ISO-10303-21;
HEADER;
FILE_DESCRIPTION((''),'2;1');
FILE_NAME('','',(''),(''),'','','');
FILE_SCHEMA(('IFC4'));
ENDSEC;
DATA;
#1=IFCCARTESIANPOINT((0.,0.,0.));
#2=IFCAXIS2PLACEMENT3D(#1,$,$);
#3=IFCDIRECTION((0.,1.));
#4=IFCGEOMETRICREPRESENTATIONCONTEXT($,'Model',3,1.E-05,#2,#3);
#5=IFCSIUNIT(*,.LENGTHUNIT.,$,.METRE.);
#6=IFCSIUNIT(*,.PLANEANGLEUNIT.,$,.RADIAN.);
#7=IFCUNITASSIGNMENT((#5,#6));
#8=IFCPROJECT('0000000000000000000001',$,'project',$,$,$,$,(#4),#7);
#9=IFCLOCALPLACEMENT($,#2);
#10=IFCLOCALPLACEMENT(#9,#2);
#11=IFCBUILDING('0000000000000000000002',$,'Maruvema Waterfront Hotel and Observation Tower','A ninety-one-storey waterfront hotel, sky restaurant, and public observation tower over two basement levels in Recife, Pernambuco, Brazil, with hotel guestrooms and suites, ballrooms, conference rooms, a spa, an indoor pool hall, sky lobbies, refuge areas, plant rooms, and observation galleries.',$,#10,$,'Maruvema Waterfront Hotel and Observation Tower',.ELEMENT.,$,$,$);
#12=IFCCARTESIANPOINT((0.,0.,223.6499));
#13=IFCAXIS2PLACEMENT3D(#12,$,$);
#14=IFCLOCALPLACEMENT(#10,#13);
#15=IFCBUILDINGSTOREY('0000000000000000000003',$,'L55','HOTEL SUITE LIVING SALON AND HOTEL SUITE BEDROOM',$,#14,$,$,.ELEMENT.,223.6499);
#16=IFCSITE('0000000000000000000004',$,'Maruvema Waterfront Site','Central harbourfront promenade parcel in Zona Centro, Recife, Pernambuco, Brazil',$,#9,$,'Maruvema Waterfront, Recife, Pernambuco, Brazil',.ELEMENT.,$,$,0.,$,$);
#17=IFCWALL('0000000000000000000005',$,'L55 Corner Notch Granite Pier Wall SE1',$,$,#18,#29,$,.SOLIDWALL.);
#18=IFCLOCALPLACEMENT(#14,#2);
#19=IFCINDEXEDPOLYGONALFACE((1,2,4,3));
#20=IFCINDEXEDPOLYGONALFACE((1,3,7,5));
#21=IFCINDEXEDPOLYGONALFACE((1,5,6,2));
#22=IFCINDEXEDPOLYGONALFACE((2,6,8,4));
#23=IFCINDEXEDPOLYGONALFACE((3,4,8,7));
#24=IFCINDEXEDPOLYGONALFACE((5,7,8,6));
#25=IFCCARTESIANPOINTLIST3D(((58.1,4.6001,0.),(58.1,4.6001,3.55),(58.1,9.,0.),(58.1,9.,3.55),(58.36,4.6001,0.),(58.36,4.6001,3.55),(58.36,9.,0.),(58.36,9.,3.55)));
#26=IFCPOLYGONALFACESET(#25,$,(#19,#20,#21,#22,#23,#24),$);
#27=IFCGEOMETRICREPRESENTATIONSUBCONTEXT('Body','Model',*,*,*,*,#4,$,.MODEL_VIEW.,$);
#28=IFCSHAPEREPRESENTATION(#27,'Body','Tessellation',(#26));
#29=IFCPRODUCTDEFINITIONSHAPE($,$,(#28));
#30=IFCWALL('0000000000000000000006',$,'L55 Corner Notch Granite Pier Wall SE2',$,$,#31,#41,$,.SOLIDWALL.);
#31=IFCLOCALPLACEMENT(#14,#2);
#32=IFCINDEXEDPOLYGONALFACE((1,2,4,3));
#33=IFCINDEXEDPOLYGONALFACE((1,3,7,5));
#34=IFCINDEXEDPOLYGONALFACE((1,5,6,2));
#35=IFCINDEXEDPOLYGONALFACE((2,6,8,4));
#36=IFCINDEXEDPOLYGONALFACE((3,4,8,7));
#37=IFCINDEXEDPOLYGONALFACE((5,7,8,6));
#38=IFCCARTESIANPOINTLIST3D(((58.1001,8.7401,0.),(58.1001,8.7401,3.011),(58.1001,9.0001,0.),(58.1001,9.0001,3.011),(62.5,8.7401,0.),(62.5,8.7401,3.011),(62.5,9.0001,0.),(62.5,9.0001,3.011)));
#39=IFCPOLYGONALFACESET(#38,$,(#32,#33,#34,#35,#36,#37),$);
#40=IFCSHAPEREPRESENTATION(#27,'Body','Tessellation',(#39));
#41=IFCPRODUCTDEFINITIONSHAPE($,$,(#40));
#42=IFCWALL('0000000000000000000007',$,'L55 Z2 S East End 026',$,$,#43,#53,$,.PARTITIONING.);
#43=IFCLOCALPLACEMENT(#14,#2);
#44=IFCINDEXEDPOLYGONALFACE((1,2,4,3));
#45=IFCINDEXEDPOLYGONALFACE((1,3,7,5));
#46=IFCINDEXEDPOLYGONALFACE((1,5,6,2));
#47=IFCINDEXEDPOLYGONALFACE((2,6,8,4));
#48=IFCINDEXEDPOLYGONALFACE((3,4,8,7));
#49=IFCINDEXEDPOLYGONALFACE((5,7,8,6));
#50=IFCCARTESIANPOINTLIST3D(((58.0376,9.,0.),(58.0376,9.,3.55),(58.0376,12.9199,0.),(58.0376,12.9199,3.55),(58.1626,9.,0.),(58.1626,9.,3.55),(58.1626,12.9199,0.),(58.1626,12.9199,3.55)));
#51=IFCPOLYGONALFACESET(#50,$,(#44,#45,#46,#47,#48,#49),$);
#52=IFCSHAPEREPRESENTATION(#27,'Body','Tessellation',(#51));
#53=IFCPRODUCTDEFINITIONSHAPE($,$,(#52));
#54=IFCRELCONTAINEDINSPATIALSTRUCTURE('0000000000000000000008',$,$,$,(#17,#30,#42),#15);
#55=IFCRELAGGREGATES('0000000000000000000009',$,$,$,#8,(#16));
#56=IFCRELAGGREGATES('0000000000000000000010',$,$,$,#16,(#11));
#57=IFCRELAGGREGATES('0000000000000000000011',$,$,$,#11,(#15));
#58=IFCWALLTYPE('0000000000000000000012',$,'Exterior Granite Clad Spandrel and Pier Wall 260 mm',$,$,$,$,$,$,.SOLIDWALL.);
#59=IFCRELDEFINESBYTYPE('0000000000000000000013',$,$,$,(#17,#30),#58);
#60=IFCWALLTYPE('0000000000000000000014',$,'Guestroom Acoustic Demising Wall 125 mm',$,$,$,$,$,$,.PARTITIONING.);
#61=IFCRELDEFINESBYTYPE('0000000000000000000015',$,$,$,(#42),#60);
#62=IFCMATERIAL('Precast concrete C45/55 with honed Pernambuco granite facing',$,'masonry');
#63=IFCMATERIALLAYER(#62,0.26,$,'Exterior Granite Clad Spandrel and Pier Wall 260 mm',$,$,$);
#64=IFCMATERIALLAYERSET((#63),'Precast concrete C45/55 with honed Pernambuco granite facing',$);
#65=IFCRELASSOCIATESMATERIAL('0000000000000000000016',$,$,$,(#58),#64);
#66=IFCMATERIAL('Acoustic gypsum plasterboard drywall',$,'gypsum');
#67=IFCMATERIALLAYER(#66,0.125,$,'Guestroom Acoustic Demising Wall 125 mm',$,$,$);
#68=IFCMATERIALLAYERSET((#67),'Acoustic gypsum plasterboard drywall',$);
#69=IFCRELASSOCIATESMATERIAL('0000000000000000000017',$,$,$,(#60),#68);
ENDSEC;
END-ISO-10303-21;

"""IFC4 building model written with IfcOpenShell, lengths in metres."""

from ifc_helpers import new_model, si_unit, direction, frame, frame_2d, origin, place, context, subcontext, project, spatial, rectangle, extrude, material, layer, layer_set, type_object, element, save


model = new_model("IFC4")

# Units and contexts
model_context = context("Model", 3, precision=1e-05, world=origin(), true_north=direction((0.0, 1.0)))
body_context = subcontext(model_context, "Body", "Model", "MODEL_VIEW")
ifc_project = project(units=[si_unit("LENGTHUNIT", "METRE"), si_unit("PLANEANGLEUNIT", "RADIAN")], contexts=[model_context])

# Site, building, storey
site_placement = place(None, origin())
site = spatial("IfcSite", under=ifc_project, at=site_placement, Name="Maruvema Waterfront Site", Description="Central harbourfront promenade parcel in Zona Centro, Recife, Pernambuco, Brazil", LongName="Maruvema Waterfront, Recife, Pernambuco, Brazil", CompositionType="ELEMENT", RefElevation=0.0)
building_placement = place(site_placement, origin())
building = spatial("IfcBuilding", under=site, at=building_placement, Name="Maruvema Waterfront Hotel and Observation Tower", Description="A ninety-one-storey waterfront hotel, sky restaurant, and public observation tower over two basement levels in Recife, Pernambuco, Brazil, with hotel guestrooms and suites, ballrooms, conference rooms, a spa, an indoor pool hall, sky lobbies, refuge areas, plant rooms, and observation galleries.", LongName="Maruvema Waterfront Hotel and Observation Tower", CompositionType="ELEMENT")
storey_placement = place(building_placement, frame((0.0, 0.0, 223.6499)))
storey = spatial("IfcBuildingStorey", under=building, at=storey_placement, Name="L55", Description="HOTEL SUITE LIVING SALON AND HOTEL SUITE BEDROOM", CompositionType="ELEMENT", Elevation=223.6499)

# Walls
ifc_material_1 = material(Name="Precast concrete C45/55 with honed Pernambuco granite facing", Category="masonry")
ifc_layer_1 = layer(ifc_material_1, 0.26, Name="Exterior Granite Clad Spandrel and Pier Wall 260 mm")
ifc_layer_set_1 = layer_set([ifc_layer_1], Name="Precast concrete C45/55 with honed Pernambuco granite facing")
wall_type_1 = type_object("IfcWallType", Name="Exterior Granite Clad Spandrel and Pier Wall 260 mm", PredefinedType="SOLIDWALL", material=ifc_layer_set_1)
wall_1_placement = place(storey_placement, frame((58.23, 9.0, 0.0), z_axis=(0.0, 0.0, 1.0), x_axis=(0.0, -1.0, 0.0)))
element("IfcWall", 1, at=wall_1_placement, inside=storey, type_object=wall_type_1, Name="L55 Corner Notch Granite Pier Wall SE1", PredefinedType="SOLIDWALL", context=body_context, shape_type="SweptSolid", body=[
    extrude(rectangle(XDim=4.3999, YDim=0.26, at=frame_2d((2.2, 0.0))), origin(), (0.0, 0.0, 1.0), 3.55),
])
wall_2_placement = place(storey_placement, frame((62.5, 8.8701, 0.0), z_axis=(0.0, 0.0, 1.0), x_axis=(-1.0, 0.0, 0.0)))
element("IfcWall", 2, at=wall_2_placement, inside=storey, type_object=wall_type_1, Name="L55 Corner Notch Granite Pier Wall SE2", PredefinedType="SOLIDWALL", context=body_context, shape_type="SweptSolid", body=[
    extrude(rectangle(XDim=4.3999, YDim=0.26, at=frame_2d((2.2, 0.0))), origin(), (0.0, 0.0, 1.0), 3.011),
])
ifc_material_2 = material(Name="Acoustic gypsum plasterboard drywall", Category="gypsum")
ifc_layer_2 = layer(ifc_material_2, 0.125, Name="Guestroom Acoustic Demising Wall 125 mm")
ifc_layer_set_2 = layer_set([ifc_layer_2], Name="Acoustic gypsum plasterboard drywall")
wall_type_2 = type_object("IfcWallType", Name="Guestroom Acoustic Demising Wall 125 mm", PredefinedType="PARTITIONING", material=ifc_layer_set_2)
wall_3_placement = place(storey_placement, frame((58.1001, 9.0, 0.0), z_axis=(0.0, 0.0, 1.0), x_axis=(0.0, 1.0, 0.0)))
element("IfcWall", 3, at=wall_3_placement, inside=storey, type_object=wall_type_2, Name="L55 Z2 S East End 026", PredefinedType="PARTITIONING", context=body_context, shape_type="SweptSolid", body=[
    extrude(rectangle(XDim=3.9199, YDim=0.125, at=frame_2d((1.96, 0.0))), origin(), (0.0, 0.0, 1.0), 3.55),
])

save(model, "model.ifc")
